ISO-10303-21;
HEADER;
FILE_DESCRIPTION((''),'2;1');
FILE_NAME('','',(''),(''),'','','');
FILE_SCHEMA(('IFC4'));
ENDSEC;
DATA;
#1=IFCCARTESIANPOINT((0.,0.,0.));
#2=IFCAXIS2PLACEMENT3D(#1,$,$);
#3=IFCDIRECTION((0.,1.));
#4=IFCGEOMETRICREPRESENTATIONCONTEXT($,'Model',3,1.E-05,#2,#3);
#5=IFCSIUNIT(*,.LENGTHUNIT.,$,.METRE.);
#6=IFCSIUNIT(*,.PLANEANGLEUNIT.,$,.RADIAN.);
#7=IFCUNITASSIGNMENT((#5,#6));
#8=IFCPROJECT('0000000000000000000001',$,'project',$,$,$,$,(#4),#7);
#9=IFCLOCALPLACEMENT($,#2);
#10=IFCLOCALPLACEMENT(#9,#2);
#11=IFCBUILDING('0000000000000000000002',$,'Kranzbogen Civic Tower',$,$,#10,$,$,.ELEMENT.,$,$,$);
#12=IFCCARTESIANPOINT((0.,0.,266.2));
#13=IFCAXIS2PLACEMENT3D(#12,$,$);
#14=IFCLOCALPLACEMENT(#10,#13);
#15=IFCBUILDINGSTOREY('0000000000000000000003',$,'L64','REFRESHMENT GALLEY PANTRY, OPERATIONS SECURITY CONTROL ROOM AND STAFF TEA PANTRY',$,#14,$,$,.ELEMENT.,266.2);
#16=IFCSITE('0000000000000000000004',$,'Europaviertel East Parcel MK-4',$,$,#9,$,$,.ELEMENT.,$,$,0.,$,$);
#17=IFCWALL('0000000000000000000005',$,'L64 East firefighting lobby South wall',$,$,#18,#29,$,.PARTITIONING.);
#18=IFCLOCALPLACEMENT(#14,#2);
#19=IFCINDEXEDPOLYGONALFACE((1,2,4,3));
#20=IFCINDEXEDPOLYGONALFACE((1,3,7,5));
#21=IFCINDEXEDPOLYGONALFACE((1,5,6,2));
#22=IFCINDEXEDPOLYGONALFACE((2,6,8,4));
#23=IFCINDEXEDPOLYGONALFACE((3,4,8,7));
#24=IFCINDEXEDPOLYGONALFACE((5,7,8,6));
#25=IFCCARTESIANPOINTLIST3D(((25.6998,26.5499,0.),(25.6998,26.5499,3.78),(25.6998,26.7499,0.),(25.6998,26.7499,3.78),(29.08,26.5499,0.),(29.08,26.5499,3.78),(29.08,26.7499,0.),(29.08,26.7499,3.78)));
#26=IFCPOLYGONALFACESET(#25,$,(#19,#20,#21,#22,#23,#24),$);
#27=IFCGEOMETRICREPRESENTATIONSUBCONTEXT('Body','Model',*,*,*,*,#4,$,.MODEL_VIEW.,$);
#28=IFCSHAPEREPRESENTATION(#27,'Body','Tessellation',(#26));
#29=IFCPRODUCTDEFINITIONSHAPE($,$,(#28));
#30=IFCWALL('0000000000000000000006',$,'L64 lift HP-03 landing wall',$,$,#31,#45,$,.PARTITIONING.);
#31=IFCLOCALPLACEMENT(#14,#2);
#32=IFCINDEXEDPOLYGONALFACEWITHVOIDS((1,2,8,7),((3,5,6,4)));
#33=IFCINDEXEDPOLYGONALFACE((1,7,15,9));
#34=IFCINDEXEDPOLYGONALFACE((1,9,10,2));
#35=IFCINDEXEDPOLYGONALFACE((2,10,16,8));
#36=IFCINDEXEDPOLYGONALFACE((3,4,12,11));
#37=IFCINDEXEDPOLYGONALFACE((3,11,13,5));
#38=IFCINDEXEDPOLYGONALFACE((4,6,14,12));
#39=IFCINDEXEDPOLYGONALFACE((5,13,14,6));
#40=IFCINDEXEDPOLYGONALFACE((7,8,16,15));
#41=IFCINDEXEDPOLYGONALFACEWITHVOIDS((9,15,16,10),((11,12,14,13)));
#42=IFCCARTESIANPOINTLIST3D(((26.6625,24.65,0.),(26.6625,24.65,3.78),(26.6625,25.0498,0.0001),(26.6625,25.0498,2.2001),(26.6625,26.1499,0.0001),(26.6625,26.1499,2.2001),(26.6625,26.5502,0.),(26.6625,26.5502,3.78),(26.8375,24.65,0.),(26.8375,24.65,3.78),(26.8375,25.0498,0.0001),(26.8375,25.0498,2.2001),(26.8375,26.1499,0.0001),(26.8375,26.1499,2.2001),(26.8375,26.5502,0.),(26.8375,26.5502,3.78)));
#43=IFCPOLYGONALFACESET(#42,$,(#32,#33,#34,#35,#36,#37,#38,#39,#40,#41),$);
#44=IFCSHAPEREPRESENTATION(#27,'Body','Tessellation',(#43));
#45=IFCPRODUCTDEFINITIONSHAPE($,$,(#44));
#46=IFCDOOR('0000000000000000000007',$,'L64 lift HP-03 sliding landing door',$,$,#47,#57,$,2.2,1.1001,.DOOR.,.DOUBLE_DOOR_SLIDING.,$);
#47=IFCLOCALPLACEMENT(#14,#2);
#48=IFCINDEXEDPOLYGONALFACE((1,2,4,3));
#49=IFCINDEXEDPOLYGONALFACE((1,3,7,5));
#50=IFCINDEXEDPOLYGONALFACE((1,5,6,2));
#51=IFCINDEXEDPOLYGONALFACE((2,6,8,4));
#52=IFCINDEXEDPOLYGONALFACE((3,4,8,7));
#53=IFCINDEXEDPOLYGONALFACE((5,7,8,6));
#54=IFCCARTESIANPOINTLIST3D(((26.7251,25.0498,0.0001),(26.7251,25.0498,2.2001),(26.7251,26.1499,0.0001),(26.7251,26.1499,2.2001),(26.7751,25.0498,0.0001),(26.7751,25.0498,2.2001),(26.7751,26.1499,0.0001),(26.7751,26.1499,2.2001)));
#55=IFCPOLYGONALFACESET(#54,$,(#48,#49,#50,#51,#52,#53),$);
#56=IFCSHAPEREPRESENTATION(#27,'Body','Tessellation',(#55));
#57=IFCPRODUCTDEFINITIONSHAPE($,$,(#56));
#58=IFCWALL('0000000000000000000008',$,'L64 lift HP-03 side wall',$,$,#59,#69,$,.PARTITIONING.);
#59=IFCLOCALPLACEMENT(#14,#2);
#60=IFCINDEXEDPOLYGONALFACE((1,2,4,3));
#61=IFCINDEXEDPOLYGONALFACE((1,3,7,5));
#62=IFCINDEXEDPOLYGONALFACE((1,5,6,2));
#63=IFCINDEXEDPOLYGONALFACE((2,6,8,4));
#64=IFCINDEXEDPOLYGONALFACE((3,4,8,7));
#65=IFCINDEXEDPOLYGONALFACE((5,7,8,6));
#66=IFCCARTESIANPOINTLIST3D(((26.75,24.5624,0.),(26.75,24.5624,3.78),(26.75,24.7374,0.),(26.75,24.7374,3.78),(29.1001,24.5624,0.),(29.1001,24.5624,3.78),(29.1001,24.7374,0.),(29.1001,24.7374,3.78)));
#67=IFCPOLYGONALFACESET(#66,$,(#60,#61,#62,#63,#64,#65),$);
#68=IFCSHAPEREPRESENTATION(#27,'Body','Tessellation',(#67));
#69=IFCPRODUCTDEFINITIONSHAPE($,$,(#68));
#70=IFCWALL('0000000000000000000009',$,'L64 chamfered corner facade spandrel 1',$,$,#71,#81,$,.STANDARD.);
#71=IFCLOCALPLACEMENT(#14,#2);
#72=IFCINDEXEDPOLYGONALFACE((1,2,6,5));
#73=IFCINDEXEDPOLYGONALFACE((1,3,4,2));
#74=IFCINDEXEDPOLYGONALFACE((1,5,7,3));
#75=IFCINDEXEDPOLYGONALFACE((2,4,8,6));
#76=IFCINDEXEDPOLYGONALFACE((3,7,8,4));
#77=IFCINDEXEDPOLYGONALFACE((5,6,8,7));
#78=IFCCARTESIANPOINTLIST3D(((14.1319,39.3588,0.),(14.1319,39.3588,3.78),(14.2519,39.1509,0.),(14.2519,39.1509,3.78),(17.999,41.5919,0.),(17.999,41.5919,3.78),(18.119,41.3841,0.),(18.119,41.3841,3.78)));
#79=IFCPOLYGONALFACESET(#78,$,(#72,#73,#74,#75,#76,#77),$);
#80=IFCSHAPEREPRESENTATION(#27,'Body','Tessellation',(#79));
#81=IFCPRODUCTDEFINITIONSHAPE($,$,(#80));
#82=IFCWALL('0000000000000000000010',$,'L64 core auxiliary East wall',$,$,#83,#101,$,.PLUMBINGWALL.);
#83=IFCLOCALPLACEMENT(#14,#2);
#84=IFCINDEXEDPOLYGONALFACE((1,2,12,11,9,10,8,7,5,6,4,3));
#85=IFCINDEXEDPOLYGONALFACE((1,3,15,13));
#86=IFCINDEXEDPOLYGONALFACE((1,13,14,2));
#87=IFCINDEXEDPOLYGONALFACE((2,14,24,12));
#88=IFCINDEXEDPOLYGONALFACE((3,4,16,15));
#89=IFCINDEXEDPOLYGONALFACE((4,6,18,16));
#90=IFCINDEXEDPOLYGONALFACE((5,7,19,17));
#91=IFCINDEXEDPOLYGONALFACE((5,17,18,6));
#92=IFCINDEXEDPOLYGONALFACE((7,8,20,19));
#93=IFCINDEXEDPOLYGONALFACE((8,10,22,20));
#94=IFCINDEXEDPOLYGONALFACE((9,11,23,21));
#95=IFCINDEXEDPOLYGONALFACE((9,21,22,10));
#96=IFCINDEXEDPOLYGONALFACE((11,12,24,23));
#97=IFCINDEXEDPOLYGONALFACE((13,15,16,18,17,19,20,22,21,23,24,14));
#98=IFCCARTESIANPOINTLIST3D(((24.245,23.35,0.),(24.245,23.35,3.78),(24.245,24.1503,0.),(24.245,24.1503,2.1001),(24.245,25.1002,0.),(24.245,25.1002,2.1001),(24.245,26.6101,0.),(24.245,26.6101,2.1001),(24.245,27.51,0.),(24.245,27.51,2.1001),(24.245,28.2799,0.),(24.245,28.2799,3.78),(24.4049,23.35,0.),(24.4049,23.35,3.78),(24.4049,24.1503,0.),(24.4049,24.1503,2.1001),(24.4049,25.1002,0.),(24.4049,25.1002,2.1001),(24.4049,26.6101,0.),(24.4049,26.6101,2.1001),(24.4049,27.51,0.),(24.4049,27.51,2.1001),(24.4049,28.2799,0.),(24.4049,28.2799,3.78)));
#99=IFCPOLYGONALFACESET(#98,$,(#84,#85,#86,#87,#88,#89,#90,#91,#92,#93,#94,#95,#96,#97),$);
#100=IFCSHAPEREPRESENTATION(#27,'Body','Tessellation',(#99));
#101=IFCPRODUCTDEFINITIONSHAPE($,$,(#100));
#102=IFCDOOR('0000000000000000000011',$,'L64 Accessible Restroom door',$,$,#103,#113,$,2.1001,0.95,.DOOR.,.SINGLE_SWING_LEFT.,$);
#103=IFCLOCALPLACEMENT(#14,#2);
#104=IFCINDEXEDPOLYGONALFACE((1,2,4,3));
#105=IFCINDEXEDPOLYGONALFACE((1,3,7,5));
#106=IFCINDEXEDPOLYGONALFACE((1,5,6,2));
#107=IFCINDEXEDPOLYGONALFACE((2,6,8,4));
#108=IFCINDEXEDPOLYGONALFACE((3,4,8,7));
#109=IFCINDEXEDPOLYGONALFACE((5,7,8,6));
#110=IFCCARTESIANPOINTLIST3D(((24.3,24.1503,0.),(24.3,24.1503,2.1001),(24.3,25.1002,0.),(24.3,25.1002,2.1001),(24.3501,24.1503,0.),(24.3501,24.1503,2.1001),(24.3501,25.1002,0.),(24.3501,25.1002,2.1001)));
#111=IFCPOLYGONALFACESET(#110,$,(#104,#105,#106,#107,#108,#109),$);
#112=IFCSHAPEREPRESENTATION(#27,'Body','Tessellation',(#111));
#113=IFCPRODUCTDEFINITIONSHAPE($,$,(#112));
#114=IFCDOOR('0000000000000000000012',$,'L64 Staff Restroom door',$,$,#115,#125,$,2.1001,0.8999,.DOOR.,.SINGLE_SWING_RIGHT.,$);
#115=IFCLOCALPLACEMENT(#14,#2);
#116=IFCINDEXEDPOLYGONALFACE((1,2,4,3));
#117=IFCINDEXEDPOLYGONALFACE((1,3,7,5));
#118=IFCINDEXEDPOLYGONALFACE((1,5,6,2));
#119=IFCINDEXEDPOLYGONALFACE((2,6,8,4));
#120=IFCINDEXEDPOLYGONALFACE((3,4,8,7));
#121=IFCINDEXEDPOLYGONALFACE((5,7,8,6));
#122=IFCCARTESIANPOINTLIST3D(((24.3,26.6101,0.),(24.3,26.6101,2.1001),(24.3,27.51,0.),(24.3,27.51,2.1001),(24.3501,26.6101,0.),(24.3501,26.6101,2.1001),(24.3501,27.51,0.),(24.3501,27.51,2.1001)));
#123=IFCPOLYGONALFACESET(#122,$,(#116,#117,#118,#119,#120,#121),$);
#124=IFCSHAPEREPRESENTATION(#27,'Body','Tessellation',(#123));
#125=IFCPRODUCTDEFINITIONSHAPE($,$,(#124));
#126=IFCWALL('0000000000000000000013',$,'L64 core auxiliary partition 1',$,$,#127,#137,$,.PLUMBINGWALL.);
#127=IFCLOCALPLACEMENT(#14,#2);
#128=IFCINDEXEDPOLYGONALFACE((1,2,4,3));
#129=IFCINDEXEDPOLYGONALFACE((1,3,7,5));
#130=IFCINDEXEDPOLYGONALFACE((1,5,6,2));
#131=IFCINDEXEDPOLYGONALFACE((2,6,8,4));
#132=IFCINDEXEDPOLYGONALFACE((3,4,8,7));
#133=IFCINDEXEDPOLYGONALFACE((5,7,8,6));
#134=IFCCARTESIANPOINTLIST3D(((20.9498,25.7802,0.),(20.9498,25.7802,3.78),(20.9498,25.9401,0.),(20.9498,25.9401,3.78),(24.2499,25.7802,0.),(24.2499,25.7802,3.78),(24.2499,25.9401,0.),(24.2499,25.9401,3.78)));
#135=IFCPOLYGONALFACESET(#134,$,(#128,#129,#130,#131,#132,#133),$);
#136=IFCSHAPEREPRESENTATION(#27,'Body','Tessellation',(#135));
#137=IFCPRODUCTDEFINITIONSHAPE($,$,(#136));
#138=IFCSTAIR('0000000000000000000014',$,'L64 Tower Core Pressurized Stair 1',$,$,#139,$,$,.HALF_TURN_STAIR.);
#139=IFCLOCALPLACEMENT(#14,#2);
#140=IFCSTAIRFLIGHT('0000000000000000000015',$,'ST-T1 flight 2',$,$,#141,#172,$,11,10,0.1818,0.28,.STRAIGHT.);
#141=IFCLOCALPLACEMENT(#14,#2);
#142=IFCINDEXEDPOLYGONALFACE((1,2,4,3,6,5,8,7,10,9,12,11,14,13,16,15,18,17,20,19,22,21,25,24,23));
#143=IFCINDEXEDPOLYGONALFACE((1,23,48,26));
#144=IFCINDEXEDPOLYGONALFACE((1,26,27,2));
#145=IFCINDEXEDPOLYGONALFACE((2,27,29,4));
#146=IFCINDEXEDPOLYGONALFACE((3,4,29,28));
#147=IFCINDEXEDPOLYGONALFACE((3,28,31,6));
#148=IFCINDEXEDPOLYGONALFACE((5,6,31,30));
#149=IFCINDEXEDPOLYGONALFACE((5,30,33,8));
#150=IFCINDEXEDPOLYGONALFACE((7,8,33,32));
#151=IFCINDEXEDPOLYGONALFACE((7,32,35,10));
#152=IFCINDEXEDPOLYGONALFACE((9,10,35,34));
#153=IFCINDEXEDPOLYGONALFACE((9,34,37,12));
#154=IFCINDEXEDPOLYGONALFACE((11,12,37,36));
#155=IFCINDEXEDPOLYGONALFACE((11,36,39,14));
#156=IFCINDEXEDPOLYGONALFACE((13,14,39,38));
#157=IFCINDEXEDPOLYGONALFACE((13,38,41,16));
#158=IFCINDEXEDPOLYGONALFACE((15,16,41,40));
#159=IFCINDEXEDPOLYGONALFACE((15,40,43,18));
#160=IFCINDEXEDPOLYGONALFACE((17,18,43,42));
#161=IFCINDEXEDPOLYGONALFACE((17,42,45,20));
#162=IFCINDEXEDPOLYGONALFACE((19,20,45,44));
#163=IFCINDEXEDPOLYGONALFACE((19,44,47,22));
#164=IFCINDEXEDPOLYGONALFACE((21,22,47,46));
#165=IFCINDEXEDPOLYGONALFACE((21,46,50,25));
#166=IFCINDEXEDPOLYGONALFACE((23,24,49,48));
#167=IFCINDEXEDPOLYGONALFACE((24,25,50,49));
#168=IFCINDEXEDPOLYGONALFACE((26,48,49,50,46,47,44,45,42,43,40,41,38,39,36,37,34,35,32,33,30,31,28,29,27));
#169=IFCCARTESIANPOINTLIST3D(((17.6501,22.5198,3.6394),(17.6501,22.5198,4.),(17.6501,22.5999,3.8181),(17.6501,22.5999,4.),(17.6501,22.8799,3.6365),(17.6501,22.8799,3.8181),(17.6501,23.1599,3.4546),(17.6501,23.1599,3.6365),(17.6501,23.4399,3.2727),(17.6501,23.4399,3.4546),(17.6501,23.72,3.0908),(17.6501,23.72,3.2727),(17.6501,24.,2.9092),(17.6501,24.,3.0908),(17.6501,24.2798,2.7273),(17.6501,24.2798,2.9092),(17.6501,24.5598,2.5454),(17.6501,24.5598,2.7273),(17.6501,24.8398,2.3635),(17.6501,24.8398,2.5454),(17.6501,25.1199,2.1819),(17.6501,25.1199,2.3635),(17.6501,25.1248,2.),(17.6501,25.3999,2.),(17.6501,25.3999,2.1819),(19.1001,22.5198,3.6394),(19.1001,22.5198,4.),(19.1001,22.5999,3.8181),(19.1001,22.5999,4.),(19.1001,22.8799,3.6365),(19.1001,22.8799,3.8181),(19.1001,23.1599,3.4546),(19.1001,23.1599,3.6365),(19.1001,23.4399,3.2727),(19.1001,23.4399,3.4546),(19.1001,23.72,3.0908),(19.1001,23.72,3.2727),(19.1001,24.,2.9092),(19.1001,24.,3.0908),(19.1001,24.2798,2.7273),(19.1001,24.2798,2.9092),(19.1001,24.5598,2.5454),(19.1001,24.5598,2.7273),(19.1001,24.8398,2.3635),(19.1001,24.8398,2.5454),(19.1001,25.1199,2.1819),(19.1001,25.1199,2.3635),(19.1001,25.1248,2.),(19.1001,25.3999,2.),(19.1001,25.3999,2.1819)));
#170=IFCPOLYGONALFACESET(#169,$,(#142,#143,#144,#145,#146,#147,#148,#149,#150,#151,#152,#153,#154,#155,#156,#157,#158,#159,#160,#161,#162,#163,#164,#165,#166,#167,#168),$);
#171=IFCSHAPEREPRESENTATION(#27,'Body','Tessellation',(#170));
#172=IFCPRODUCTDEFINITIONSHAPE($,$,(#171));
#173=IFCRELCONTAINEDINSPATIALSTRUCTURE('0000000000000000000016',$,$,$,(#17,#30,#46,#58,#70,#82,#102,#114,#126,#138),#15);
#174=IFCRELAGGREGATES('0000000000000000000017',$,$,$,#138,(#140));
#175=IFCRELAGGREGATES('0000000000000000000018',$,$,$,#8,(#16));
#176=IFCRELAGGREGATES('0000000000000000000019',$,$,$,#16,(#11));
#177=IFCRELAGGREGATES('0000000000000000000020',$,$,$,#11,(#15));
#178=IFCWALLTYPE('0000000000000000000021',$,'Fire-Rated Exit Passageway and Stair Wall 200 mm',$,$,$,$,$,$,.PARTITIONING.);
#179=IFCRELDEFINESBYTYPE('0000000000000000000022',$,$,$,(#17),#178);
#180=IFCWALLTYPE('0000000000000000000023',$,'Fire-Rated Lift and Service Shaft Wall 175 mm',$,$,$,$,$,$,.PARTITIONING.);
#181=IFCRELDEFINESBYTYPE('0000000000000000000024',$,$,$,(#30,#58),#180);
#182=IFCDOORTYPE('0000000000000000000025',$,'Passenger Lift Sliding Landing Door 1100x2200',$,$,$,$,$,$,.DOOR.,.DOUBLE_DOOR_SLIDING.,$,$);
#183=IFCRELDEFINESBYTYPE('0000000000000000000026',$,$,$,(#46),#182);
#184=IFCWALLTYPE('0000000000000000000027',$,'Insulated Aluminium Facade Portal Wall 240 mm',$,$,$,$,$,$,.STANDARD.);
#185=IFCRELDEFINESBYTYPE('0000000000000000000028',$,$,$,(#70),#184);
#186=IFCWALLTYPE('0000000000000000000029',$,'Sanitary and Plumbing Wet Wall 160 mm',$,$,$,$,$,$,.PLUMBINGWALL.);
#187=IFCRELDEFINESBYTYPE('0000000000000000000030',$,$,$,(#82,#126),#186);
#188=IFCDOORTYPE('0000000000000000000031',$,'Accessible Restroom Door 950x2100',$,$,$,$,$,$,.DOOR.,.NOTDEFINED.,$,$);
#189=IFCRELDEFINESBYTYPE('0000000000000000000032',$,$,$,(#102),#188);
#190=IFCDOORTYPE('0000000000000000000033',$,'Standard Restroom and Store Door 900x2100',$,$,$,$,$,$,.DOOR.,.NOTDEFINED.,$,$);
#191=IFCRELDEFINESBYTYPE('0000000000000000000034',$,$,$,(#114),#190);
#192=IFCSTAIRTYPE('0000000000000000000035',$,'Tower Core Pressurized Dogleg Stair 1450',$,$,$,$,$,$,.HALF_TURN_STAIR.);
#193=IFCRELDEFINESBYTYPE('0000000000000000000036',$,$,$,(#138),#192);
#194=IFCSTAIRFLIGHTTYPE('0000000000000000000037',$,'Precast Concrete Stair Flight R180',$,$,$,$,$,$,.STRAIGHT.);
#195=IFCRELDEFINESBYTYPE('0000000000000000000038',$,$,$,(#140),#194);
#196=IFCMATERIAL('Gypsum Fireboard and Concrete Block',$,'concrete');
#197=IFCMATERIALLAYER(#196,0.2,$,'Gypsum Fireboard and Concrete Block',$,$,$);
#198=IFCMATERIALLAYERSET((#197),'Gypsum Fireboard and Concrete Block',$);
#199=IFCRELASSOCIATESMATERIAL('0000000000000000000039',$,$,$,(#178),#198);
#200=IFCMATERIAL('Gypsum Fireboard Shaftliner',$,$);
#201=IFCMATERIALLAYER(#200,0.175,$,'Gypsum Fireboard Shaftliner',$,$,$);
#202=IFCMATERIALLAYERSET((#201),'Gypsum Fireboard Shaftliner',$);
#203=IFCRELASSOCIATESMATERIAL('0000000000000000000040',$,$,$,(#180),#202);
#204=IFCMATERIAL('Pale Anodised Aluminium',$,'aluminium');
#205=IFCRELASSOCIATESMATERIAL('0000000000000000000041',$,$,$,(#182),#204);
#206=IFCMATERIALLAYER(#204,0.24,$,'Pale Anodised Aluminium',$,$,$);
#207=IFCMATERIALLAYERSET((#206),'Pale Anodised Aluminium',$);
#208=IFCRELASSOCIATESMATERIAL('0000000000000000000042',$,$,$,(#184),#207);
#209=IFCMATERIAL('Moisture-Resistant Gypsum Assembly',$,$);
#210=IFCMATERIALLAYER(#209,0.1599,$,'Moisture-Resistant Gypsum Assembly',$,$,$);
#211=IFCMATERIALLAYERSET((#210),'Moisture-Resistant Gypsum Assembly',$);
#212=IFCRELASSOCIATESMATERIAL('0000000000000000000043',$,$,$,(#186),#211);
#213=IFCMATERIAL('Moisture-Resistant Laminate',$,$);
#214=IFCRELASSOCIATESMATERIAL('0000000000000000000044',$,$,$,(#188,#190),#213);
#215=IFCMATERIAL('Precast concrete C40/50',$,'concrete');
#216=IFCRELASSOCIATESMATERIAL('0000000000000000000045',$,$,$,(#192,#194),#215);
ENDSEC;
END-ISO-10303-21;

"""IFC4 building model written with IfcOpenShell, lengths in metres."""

from ifc_helpers import new_model, si_unit, direction, frame, frame_2d, origin, place, context, subcontext, project, spatial, polyline, rectangle, outline, extrude, material, layer, layer_set, type_object, element, fill, aggregate, save


model = new_model("IFC4")

# Units and contexts
model_context = context("Model", 3, precision=1e-05, world=origin(), true_north=direction((0.0, 1.0)))
body_context = subcontext(model_context, "Body", "Model", "MODEL_VIEW")
ifc_project = project(units=[si_unit("LENGTHUNIT", "METRE"), si_unit("PLANEANGLEUNIT", "RADIAN")], contexts=[model_context])

# Site, building, storey
site_placement = place(None, origin())
site = spatial("IfcSite", under=ifc_project, at=site_placement, Name="Europaviertel East Parcel MK-4", CompositionType="ELEMENT", RefElevation=0.0)
building_placement = place(site_placement, origin())
building = spatial("IfcBuilding", under=site, at=building_placement, Name="Kranzbogen Civic Tower", CompositionType="ELEMENT")
storey_placement = place(building_placement, frame((0.0, 0.0, 266.2)))
storey = spatial("IfcBuildingStorey", under=building, at=storey_placement, Name="L64", Description="REFRESHMENT GALLEY PANTRY, OPERATIONS SECURITY CONTROL ROOM AND STAFF TEA PANTRY", CompositionType="ELEMENT", Elevation=266.2)

# Shared definitions
ifc_material_1 = material(Name="Pale Anodised Aluminium", Category="aluminium")

# Wall
ifc_material_2 = material(Name="Gypsum Fireboard and Concrete Block", Category="concrete")
ifc_layer_1 = layer(ifc_material_2, 0.2, Name="Gypsum Fireboard and Concrete Block")
ifc_layer_set_1 = layer_set([ifc_layer_1], Name="Gypsum Fireboard and Concrete Block")
wall_type_1 = type_object("IfcWallType", Name="Fire-Rated Exit Passageway and Stair Wall 200 mm", PredefinedType="PARTITIONING", material=ifc_layer_set_1)
wall_1_placement = place(storey_placement, frame((25.7, 26.6499, 0.0), z_axis=(0.0, 0.0, 1.0), x_axis=(1.0, 0.0, 0.0)))
element("IfcWall", 1, at=wall_1_placement, inside=storey, type_object=wall_type_1, Name="L64 East firefighting lobby South wall", PredefinedType="PARTITIONING", context=body_context, shape_type="SweptSolid", body=[
    extrude(rectangle(XDim=3.3801, YDim=0.2, at=frame_2d((1.6899, 0.0))), origin(), (0.0, 0.0, 1.0), 3.78),
])

# Wall, opening, door
ifc_material_3 = material(Name="Gypsum Fireboard Shaftliner")
ifc_layer_2 = layer(ifc_material_3, 0.175, Name="Gypsum Fireboard Shaftliner")
ifc_layer_set_2 = layer_set([ifc_layer_2], Name="Gypsum Fireboard Shaftliner")
wall_type_2 = type_object("IfcWallType", Name="Fire-Rated Lift and Service Shaft Wall 175 mm", PredefinedType="PARTITIONING", material=ifc_layer_set_2)
wall_2_placement = place(storey_placement, frame((26.75, 24.6499, 0.0), z_axis=(0.0, 0.0, 1.0), x_axis=(0.0, 1.0, 0.0)))
wall_2 = element("IfcWall", 2, at=wall_2_placement, inside=storey, type_object=wall_type_2, Name="L64 lift HP-03 landing wall", PredefinedType="PARTITIONING", context=body_context, shape_type="SweptSolid", body=[
    extrude(rectangle(XDim=1.9001, YDim=0.175, at=frame_2d((0.9502, 0.0))), origin(), (0.0, 0.0, 1.0), 3.78),
])
opening_1_placement = place(wall_2_placement, frame((0.3999, 0.0, 0.0)))
opening_1 = element("IfcOpeningElement", 3, at=opening_1_placement, cuts=wall_2, PredefinedType="OPENING", context=body_context, shape_type="SweptSolid", body=[
    extrude(rectangle(XDim=1.1001, YDim=2.2, at=frame_2d((0.55, 1.1001))), frame((0.0, 0.0977, 0.0), z_axis=(0.0, -1.0, 0.0), x_axis=(1.0, 0.0, 0.0)), (0.0, 0.0, 1.0), 0.1951),
])
door_type_1 = type_object("IfcDoorType", Name="Passenger Lift Sliding Landing Door 1100x2200", OperationType="DOUBLE_DOOR_SLIDING", PredefinedType="DOOR", material=ifc_material_1)
door_1_placement = place(opening_1_placement, origin())
door_1 = element("IfcDoor", 4, at=door_1_placement, inside=storey, type_object=door_type_1, Name="L64 lift HP-03 sliding landing door", OperationType="DOUBLE_DOOR_SLIDING", OverallHeight=2.2, OverallWidth=1.1001, PredefinedType="DOOR", context=body_context, shape_type="SweptSolid", body=[
    extrude(rectangle(XDim=1.1001, YDim=2.2, at=frame_2d((0.55, 1.1001))), frame((0.0, 0.0249, 0.0), z_axis=(0.0, -1.0, 0.0), x_axis=(1.0, 0.0, 0.0)), (0.0, 0.0, 1.0), 0.05),
])
fill(opening_1, door_1)

# Walls
wall_3_placement = place(storey_placement, frame((26.75, 24.6499, 0.0), z_axis=(0.0, 0.0, 1.0), x_axis=(1.0, 0.0, 0.0)))
element("IfcWall", 5, at=wall_3_placement, inside=storey, type_object=wall_type_2, Name="L64 lift HP-03 side wall", PredefinedType="PARTITIONING", context=body_context, shape_type="SweptSolid", body=[
    extrude(rectangle(XDim=2.3501, YDim=0.175, at=frame_2d((1.175, 0.0))), origin(), (0.0, 0.0, 1.0), 3.78),
])
ifc_layer_3 = layer(ifc_material_1, 0.24, Name="Pale Anodised Aluminium")
ifc_layer_set_3 = layer_set([ifc_layer_3], Name="Pale Anodised Aluminium")
wall_type_3 = type_object("IfcWallType", Name="Insulated Aluminium Facade Portal Wall 240 mm", PredefinedType="STANDARD", material=ifc_layer_set_3)
wall_4_placement = place(storey_placement, frame((18.0591, 41.488, 0.0), z_axis=(0.0, 0.0, 1.0), x_axis=(-0.865983, -0.500073, 0.0)))
element("IfcWall", 6, at=wall_4_placement, inside=storey, type_object=wall_type_3, Name="L64 chamfered corner facade spandrel 1", PredefinedType="STANDARD", context=body_context, shape_type="SweptSolid", body=[
    extrude(rectangle(XDim=4.4656, YDim=0.24, at=frame_2d((2.2329, 0.0))), origin(), (0.0, 0.0, 1.0), 3.78),
])

# Wall, openings, doors
ifc_material_4 = material(Name="Moisture-Resistant Gypsum Assembly")
ifc_layer_4 = layer(ifc_material_4, 0.1599, Name="Moisture-Resistant Gypsum Assembly")
ifc_layer_set_4 = layer_set([ifc_layer_4], Name="Moisture-Resistant Gypsum Assembly")
wall_type_4 = type_object("IfcWallType", Name="Sanitary and Plumbing Wet Wall 160 mm", PredefinedType="PLUMBINGWALL", material=ifc_layer_set_4)
wall_5_placement = place(storey_placement, frame((24.325, 23.3501, 0.0), z_axis=(0.0, 0.0, 1.0), x_axis=(0.0, 1.0, 0.0)))
wall_5 = element("IfcWall", 7, at=wall_5_placement, inside=storey, type_object=wall_type_4, Name="L64 core auxiliary East wall", PredefinedType="PLUMBINGWALL", context=body_context, shape_type="SweptSolid", body=[
    extrude(rectangle(XDim=4.9299, YDim=0.1599, at=frame_2d((2.4648, 0.0))), origin(), (0.0, 0.0, 1.0), 3.78),
])
opening_2_placement = place(wall_5_placement, frame((0.8, 0.0, 0.0)))
opening_2 = element("IfcOpeningElement", 8, at=opening_2_placement, cuts=wall_5, PredefinedType="OPENING", context=body_context, shape_type="SweptSolid", body=[
    extrude(rectangle(XDim=0.95, YDim=2.1001, at=frame_2d((0.4751, 1.05))), frame((0.0, 0.0898, 0.0), z_axis=(0.0, -1.0, 0.0), x_axis=(1.0, 0.0, 0.0)), (0.0, 0.0, 1.0), 0.1799),
])
opening_3_placement = place(wall_5_placement, frame((3.26, 0.0, 0.0)))
opening_3 = element("IfcOpeningElement", 9, at=opening_3_placement, cuts=wall_5, PredefinedType="OPENING", context=body_context, shape_type="SweptSolid", body=[
    extrude(rectangle(XDim=0.8999, YDim=2.1001, at=frame_2d((0.45, 1.05))), frame((0.0, 0.0898, 0.0), z_axis=(0.0, -1.0, 0.0), x_axis=(1.0, 0.0, 0.0)), (0.0, 0.0, 1.0), 0.1799),
])
ifc_material_5 = material(Name="Moisture-Resistant Laminate")
door_type_2 = type_object("IfcDoorType", Name="Accessible Restroom Door 950x2100", OperationType="NOTDEFINED", PredefinedType="DOOR", material=ifc_material_5)
door_2_placement = place(opening_2_placement, origin())
door_2 = element("IfcDoor", 10, at=door_2_placement, inside=storey, type_object=door_type_2, Name="L64 Accessible Restroom door", OperationType="SINGLE_SWING_LEFT", OverallHeight=2.1001, OverallWidth=0.95, PredefinedType="DOOR", context=body_context, shape_type="SweptSolid", body=[
    extrude(rectangle(XDim=0.95, YDim=2.1001, at=frame_2d((0.4751, 1.05))), frame((0.0, 0.0249, 0.0), z_axis=(0.0, -1.0, 0.0), x_axis=(1.0, 0.0, 0.0)), (0.0, 0.0, 1.0), 0.05),
])
fill(opening_2, door_2)
door_type_3 = type_object("IfcDoorType", Name="Standard Restroom and Store Door 900x2100", OperationType="NOTDEFINED", PredefinedType="DOOR", material=ifc_material_5)
door_3_placement = place(opening_3_placement, origin())
door_3 = element("IfcDoor", 11, at=door_3_placement, inside=storey, type_object=door_type_3, Name="L64 Staff Restroom door", OperationType="SINGLE_SWING_RIGHT", OverallHeight=2.1001, OverallWidth=0.8999, PredefinedType="DOOR", context=body_context, shape_type="SweptSolid", body=[
    extrude(rectangle(XDim=0.8999, YDim=2.1001, at=frame_2d((0.45, 1.05))), frame((0.0, 0.0249, 0.0), z_axis=(0.0, -1.0, 0.0), x_axis=(1.0, 0.0, 0.0)), (0.0, 0.0, 1.0), 0.05),
])
fill(opening_3, door_3)

# Wall
wall_6_placement = place(storey_placement, frame((20.95, 25.8601, 0.0), z_axis=(0.0, 0.0, 1.0), x_axis=(1.0, 0.0, 0.0)))
element("IfcWall", 12, at=wall_6_placement, inside=storey, type_object=wall_type_4, Name="L64 core auxiliary partition 1", PredefinedType="PLUMBINGWALL", context=body_context, shape_type="SweptSolid", body=[
    extrude(rectangle(XDim=3.3, YDim=0.1599, at=frame_2d((1.6499, 0.0))), origin(), (0.0, 0.0, 1.0), 3.78),
])

# Stair, stair flight
ifc_material_6 = material(Name="Precast concrete C40/50", Category="concrete")
stair_type = type_object("IfcStairType", Name="Tower Core Pressurized Dogleg Stair 1450", PredefinedType="HALF_TURN_STAIR", material=ifc_material_6)
stair_placement = place(storey_placement, origin())
stair = element("IfcStair", 13, at=stair_placement, inside=storey, type_object=stair_type, Name="L64 Tower Core Pressurized Stair 1", PredefinedType="HALF_TURN_STAIR")
stair_flight_type = type_object("IfcStairFlightType", Name="Precast Concrete Stair Flight R180", PredefinedType="STRAIGHT", material=ifc_material_6)
stair_flight_placement = place(storey_placement, frame((18.375, 25.3999, 2.0), z_axis=(0.0, 0.0, 1.0), x_axis=(0.0, -1.0, 0.0)))
stair_flight = element("IfcStairFlight", 14, at=stair_flight_placement, type_object=stair_flight_type, Name="ST-T1 flight 2", NumberOfRisers=11, NumberOfTreads=10, PredefinedType="STRAIGHT", RiserHeight=0.1818, TreadLength=0.28, context=body_context, shape_type="SweptSolid", body=[
    extrude(outline(polyline([(0.0, 0.0), (0.0, 0.1819), (0.28, 0.1819), (0.28, 0.3635), (0.5601, 0.3635), (0.5601, 0.5454), (0.8401, 0.5454), (0.8401, 0.7273), (1.1201, 0.7273), (1.1201, 0.9092), (1.3999, 0.9092), (1.3999, 1.0908), (1.6799, 1.0908), (1.6799, 1.2727), (1.96, 1.2727), (1.96, 1.4546), (2.24, 1.4546), (2.24, 1.6365), (2.52, 1.6365), (2.52, 1.8181), (2.8, 1.8181), (2.8, 2.0), (2.8801, 2.0), (2.8801, 1.6394), (0.2751, 0.0), (0.0, 0.0)])), frame((0.0, 0.7251, 0.0), z_axis=(0.0, -1.0, 0.0), x_axis=(1.0, 0.0, 0.0)), (0.0, 0.0, 1.0), 1.45),
])
aggregate(stair, [stair_flight])

save(model, "model.ifc")
